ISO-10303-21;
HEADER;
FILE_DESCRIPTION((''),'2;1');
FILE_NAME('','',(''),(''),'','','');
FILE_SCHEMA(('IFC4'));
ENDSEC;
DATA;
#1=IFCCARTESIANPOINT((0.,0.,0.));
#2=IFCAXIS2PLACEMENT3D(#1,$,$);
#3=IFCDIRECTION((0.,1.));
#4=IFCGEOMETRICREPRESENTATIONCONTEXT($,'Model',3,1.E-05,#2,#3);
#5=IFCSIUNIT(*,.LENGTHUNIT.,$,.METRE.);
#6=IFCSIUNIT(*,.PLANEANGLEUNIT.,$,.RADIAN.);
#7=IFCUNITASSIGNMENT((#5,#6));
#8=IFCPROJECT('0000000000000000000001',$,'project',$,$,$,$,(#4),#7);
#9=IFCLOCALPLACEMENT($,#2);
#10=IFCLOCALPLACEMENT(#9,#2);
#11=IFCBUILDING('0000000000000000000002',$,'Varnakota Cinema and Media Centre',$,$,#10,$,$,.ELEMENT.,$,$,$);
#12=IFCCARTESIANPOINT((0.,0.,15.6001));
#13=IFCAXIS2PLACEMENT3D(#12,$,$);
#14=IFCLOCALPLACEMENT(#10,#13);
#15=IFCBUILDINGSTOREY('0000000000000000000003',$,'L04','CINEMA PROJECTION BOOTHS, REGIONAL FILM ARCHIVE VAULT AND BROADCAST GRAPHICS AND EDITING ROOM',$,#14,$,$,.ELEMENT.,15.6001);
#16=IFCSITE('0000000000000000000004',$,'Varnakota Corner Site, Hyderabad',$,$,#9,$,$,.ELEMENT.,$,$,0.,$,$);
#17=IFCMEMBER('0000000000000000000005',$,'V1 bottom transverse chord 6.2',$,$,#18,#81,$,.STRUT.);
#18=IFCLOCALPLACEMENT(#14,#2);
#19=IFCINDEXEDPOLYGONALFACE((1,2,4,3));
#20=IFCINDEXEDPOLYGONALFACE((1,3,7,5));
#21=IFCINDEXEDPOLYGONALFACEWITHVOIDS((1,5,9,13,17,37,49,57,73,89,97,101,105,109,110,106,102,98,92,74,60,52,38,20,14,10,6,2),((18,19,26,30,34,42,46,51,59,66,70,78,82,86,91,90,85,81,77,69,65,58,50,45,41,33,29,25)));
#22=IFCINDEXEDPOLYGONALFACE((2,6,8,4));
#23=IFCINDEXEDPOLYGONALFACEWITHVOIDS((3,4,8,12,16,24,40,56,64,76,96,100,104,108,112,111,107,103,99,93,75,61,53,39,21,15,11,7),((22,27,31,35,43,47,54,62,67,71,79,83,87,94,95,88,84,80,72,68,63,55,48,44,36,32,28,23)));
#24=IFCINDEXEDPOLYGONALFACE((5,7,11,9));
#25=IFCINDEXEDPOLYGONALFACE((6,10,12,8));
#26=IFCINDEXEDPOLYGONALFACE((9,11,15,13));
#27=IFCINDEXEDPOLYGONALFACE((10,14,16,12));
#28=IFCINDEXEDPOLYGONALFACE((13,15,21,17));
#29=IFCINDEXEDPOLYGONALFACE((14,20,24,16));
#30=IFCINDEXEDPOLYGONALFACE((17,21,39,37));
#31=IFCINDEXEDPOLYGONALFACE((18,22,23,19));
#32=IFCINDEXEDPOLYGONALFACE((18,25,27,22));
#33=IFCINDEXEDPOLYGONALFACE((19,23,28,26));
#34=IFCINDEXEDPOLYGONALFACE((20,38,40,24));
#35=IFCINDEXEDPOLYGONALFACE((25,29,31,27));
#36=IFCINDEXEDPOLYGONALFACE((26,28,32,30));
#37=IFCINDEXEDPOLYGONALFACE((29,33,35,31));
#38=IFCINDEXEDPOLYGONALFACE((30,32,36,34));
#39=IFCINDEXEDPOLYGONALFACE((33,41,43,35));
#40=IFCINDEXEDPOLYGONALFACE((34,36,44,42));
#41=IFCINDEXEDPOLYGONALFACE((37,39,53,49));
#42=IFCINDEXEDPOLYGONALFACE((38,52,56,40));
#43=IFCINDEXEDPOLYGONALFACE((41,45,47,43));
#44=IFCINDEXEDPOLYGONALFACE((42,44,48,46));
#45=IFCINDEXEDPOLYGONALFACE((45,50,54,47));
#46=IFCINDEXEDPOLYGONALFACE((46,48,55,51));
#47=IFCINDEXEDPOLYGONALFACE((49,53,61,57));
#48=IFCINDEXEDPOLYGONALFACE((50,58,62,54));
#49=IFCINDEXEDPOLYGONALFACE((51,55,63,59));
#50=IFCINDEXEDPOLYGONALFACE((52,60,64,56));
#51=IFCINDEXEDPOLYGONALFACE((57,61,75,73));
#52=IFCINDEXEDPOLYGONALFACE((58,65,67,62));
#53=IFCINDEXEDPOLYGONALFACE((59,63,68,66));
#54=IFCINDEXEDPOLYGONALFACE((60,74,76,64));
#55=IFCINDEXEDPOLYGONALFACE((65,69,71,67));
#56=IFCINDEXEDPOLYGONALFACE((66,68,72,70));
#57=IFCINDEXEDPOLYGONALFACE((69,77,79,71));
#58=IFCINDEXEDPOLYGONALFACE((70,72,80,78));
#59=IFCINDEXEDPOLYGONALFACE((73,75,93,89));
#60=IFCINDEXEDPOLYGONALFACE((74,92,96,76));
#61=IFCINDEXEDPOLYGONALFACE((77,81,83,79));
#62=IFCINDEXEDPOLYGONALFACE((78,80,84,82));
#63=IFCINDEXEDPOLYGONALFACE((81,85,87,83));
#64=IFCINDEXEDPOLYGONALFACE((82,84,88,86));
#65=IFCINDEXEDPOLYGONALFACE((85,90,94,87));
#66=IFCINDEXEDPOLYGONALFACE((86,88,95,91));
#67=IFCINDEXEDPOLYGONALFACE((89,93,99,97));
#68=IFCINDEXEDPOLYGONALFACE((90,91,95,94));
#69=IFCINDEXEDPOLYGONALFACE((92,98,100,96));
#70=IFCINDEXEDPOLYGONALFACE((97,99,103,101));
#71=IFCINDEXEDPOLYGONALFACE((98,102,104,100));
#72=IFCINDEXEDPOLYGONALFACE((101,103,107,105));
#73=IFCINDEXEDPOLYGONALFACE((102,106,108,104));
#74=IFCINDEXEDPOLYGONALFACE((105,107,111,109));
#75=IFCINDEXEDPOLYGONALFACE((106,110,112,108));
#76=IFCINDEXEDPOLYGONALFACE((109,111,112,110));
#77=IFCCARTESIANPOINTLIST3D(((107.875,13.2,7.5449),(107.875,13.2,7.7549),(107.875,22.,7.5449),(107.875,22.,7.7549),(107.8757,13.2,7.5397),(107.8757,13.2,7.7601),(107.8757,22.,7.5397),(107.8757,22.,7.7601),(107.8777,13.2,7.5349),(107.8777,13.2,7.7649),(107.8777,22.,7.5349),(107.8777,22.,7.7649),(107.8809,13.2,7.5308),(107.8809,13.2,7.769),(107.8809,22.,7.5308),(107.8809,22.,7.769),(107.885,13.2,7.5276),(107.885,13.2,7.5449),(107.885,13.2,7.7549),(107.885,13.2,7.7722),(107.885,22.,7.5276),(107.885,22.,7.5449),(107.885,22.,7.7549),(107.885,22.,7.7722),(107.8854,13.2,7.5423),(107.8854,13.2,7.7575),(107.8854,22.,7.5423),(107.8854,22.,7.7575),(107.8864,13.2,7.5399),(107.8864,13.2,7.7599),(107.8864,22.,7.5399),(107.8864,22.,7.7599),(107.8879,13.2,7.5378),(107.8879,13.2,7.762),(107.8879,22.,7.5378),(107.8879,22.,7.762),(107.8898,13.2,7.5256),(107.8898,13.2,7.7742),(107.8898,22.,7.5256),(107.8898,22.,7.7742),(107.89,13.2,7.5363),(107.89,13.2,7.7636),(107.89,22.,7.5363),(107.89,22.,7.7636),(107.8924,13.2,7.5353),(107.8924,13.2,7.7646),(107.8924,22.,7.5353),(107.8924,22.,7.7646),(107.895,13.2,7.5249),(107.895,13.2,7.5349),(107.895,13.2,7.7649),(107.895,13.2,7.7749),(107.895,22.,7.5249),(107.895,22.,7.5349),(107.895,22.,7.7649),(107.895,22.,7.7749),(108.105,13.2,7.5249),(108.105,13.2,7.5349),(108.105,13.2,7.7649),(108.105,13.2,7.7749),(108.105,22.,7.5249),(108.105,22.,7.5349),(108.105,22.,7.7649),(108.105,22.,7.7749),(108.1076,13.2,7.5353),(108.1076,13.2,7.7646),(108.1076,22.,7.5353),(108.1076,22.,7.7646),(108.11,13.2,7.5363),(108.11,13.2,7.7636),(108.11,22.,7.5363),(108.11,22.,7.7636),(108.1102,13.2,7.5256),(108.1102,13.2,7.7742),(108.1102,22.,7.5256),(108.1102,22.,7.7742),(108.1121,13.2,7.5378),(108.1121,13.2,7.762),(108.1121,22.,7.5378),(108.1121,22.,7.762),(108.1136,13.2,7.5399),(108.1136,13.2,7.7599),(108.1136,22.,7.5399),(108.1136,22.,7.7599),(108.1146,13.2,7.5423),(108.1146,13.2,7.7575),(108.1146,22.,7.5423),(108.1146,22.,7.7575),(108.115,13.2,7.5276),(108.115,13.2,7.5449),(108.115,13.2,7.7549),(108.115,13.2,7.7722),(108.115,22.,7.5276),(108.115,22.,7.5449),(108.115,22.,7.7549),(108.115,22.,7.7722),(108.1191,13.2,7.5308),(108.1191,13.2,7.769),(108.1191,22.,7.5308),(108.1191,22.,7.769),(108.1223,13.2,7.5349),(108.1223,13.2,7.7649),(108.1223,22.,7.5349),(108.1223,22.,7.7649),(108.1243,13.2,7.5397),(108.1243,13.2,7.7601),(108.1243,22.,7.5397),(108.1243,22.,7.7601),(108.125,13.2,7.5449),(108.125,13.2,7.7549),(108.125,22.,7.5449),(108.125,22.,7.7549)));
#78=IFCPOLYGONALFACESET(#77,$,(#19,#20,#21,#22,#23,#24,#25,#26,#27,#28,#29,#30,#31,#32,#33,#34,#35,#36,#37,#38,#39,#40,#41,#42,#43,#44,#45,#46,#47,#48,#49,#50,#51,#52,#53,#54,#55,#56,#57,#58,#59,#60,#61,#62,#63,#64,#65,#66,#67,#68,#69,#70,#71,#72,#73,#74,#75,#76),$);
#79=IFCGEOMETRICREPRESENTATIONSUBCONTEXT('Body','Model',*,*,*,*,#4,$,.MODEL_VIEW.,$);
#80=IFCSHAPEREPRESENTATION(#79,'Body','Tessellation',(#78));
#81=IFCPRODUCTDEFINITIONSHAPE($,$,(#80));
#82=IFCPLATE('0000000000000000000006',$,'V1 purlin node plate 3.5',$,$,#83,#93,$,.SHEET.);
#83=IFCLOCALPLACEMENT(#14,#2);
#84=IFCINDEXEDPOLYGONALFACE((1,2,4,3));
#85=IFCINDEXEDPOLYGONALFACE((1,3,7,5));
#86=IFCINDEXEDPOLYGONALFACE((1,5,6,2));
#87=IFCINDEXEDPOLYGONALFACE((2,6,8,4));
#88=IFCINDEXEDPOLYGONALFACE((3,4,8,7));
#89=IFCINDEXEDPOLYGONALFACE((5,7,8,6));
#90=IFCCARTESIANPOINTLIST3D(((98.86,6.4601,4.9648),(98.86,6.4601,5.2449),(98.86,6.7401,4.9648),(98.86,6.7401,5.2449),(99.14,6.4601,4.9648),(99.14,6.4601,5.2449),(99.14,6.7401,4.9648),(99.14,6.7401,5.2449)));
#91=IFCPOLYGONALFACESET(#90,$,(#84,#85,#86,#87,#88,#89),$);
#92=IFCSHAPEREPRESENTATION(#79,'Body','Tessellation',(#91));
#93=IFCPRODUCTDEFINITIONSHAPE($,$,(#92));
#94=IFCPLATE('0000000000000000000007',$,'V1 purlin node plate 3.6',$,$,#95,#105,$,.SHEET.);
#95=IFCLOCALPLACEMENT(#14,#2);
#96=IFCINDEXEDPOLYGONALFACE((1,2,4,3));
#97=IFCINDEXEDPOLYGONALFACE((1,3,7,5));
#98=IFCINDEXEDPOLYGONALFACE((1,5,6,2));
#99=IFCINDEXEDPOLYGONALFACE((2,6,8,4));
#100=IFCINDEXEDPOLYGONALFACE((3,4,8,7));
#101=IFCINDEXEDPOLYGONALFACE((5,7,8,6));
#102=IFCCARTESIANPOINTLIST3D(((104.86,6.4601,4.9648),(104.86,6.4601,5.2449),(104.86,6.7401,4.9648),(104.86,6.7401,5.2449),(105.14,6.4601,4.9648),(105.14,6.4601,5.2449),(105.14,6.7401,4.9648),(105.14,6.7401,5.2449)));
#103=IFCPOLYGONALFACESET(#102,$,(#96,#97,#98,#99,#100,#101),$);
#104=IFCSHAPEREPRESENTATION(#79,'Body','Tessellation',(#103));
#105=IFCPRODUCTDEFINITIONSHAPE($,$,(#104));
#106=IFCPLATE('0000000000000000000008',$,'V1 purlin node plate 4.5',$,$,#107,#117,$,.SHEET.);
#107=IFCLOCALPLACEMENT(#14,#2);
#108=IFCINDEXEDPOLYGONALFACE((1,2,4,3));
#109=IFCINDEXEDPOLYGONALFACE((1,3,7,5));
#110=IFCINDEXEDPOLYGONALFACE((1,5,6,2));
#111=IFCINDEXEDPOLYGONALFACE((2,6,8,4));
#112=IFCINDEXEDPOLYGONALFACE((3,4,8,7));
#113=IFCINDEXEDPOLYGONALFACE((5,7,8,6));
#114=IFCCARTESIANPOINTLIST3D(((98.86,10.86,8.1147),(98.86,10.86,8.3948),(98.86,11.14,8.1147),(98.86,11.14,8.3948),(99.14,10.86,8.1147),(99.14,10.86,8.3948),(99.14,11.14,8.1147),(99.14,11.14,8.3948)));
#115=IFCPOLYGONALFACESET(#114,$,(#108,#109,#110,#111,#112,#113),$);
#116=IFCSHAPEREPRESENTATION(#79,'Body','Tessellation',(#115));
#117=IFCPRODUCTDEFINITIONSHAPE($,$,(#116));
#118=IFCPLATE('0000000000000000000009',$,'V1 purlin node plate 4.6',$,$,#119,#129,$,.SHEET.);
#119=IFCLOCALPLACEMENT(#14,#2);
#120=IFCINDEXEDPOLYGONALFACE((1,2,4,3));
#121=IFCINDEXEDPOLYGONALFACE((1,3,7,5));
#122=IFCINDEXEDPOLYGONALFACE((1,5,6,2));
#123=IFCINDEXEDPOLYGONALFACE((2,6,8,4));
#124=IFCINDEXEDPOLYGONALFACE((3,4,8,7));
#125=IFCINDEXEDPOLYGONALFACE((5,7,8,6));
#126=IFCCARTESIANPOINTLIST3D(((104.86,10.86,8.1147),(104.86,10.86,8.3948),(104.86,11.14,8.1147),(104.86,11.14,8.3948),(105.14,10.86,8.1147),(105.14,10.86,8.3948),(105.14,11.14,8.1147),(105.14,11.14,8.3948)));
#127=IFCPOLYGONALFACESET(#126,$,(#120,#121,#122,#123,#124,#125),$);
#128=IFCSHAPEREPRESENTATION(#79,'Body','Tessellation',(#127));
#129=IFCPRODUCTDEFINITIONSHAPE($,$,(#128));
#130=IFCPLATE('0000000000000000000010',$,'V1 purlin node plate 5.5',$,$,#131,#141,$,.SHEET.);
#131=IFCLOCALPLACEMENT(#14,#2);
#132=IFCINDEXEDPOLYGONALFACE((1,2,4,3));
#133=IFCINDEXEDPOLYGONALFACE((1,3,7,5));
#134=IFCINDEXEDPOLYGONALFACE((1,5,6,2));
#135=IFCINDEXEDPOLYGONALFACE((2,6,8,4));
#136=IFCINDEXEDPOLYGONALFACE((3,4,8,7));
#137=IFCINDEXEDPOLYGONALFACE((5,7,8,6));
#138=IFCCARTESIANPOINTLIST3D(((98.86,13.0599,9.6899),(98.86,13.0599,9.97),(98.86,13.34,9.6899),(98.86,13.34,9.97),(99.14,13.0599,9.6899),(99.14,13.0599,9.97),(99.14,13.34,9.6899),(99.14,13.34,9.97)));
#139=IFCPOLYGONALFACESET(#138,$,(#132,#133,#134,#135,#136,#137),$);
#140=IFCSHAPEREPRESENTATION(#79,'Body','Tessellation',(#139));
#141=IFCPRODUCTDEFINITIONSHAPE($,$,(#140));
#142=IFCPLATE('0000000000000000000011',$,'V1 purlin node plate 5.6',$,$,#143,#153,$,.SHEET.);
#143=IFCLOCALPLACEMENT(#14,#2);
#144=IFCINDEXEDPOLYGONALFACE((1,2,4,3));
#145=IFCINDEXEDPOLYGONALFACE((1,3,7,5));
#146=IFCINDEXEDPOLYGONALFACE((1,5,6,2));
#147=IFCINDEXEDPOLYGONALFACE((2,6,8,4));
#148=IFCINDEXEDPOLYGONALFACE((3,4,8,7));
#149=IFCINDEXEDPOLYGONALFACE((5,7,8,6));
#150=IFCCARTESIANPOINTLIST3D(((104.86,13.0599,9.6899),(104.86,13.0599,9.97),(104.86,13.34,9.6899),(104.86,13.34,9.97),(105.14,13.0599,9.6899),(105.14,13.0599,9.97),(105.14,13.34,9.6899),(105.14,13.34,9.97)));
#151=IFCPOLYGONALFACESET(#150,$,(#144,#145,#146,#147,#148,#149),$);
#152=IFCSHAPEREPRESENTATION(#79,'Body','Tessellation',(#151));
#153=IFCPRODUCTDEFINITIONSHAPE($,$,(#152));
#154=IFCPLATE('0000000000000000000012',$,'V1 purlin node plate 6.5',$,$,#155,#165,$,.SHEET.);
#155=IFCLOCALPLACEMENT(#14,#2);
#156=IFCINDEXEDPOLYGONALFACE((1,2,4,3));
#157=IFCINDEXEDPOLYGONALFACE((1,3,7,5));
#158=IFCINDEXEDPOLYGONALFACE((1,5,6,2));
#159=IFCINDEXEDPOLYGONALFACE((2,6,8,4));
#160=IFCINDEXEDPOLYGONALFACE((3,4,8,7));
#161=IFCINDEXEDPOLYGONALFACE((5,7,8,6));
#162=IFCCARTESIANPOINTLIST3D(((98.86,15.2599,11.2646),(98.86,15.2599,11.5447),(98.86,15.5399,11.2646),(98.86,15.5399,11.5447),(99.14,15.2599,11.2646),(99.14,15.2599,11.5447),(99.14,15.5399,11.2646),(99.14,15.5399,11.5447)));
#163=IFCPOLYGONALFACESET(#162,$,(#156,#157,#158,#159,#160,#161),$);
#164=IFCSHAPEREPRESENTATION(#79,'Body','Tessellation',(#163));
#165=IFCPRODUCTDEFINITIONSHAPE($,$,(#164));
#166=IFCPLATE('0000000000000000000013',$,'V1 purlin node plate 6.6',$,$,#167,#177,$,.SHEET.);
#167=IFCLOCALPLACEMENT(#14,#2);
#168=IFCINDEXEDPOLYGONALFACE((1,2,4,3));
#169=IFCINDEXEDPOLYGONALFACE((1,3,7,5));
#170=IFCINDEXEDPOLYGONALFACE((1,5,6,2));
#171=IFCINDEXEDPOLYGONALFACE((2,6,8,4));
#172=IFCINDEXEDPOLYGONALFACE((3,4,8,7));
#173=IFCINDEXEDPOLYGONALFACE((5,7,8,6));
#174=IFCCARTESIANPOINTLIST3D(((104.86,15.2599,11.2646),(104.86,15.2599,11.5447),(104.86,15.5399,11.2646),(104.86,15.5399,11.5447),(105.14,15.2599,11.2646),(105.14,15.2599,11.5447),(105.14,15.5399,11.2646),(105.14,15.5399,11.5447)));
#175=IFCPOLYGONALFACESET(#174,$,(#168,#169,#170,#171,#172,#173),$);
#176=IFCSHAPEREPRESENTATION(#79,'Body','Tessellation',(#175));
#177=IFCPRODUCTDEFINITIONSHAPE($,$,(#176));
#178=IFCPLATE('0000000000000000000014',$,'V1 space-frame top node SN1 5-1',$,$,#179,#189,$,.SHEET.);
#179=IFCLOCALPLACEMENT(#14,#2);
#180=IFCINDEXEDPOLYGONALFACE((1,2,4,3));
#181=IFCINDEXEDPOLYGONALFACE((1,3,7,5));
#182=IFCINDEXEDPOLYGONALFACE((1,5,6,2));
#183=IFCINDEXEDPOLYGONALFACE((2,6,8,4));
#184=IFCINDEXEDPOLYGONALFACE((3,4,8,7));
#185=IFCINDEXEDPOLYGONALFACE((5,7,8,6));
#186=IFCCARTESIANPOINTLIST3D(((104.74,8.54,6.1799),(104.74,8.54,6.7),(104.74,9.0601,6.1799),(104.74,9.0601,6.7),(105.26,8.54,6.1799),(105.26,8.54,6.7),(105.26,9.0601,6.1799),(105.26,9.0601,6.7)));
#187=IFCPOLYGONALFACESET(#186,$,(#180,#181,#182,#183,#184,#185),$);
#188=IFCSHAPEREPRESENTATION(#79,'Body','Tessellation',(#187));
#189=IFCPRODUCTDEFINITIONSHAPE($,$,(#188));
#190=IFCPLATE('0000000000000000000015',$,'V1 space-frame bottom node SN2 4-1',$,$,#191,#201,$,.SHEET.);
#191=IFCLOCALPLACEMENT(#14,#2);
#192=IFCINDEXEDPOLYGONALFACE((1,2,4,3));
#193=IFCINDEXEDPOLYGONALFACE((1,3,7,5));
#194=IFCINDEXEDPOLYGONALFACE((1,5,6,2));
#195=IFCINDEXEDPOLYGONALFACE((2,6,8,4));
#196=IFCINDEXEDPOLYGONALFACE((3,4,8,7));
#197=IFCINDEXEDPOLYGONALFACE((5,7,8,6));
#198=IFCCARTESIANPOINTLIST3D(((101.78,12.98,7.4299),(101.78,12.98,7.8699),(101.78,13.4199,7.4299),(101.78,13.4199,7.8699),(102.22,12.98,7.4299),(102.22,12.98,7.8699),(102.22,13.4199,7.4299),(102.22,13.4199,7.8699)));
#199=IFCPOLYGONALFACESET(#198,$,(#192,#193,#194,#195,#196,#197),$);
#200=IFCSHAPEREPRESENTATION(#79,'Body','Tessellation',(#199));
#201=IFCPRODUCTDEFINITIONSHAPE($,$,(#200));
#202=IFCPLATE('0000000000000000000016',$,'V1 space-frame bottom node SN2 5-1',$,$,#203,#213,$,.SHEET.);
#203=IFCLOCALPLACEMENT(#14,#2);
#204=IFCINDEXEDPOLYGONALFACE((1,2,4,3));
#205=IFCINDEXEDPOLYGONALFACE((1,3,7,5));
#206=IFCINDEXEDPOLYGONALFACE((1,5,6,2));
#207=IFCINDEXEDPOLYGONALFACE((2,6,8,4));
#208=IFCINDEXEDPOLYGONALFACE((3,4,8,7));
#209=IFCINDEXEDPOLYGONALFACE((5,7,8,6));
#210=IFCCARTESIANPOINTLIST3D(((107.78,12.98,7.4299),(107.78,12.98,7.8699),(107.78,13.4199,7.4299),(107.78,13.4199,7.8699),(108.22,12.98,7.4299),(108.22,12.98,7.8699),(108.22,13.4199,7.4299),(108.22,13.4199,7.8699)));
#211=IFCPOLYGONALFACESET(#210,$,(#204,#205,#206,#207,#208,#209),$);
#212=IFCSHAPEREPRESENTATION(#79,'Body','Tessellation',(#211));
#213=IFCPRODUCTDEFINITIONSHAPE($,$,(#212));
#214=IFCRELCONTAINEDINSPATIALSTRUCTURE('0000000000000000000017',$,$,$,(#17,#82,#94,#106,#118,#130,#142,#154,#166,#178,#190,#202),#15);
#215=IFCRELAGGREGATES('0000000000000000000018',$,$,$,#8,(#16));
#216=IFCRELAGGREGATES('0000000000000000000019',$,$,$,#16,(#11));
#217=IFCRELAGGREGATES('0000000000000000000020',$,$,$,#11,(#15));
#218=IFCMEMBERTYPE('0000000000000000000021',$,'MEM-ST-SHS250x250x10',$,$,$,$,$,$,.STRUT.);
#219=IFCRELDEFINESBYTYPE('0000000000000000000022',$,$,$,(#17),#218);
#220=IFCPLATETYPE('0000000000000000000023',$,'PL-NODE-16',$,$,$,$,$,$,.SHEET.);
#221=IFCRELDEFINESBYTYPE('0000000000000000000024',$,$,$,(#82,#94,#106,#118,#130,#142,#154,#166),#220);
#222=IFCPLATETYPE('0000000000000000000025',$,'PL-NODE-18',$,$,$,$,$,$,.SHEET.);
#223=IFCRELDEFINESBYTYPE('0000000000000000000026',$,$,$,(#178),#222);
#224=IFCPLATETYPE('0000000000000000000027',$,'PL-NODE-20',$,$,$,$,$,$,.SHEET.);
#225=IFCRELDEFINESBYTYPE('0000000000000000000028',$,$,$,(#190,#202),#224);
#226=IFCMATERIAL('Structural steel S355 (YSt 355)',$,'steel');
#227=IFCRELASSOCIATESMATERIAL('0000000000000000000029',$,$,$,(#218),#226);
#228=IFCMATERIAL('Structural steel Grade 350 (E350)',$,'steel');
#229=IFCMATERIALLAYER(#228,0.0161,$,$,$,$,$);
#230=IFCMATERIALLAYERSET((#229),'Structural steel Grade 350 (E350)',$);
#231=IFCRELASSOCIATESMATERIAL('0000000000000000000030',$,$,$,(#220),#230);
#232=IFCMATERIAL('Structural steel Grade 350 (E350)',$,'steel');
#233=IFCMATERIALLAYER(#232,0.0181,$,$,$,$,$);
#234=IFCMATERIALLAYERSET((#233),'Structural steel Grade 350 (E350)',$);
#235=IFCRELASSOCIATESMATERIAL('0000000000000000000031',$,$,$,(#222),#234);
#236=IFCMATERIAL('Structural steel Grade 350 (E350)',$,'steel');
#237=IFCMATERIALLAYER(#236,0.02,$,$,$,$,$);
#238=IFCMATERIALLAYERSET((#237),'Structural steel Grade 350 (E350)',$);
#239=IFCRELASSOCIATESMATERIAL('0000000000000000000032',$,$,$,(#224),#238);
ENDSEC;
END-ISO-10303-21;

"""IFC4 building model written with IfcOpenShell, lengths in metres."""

from ifc_helpers import new_model, si_unit, direction, frame, origin, origin_2d, place, context, subcontext, project, spatial, rectangle, hollow_rectangle, extrude, material, layer, layer_set, material_profile, profile_set, type_object, element, save


model = new_model("IFC4")

# Units and contexts
model_context = context("Model", 3, precision=1e-05, world=origin(), true_north=direction((0.0, 1.0)))
body_context = subcontext(model_context, "Body", "Model", "MODEL_VIEW")
ifc_project = project(units=[si_unit("LENGTHUNIT", "METRE"), si_unit("PLANEANGLEUNIT", "RADIAN")], contexts=[model_context])

# Site, building, storey
site_placement = place(None, origin())
site = spatial("IfcSite", under=ifc_project, at=site_placement, Name="Varnakota Corner Site, Hyderabad", CompositionType="ELEMENT", RefElevation=0.0)
building_placement = place(site_placement, origin())
building = spatial("IfcBuilding", under=site, at=building_placement, Name="Varnakota Cinema and Media Centre", CompositionType="ELEMENT")
storey_placement = place(building_placement, frame((0.0, 0.0, 15.6001)))
storey = spatial("IfcBuildingStorey", under=building, at=storey_placement, Name="L04", Description="CINEMA PROJECTION BOOTHS, REGIONAL FILM ARCHIVE VAULT AND BROADCAST GRAPHICS AND EDITING ROOM", CompositionType="ELEMENT", Elevation=15.6001)

# Member
ifc_material_1 = material(Name="Structural steel S355 (YSt 355)", Category="steel")
ifc_material_profile_1 = material_profile(ifc_material_1, hollow_rectangle(XDim=0.25, YDim=0.25, WallThickness=0.01, InnerFilletRadius=0.01, OuterFilletRadius=0.02, at=origin_2d()), Name="SHS 250x250x10")
ifc_profile_set_1 = profile_set([ifc_material_profile_1], Name="Structural steel S355 (YSt 355)")
member_type_1 = type_object("IfcMemberType", Name="MEM-ST-SHS250x250x10", PredefinedType="STRUT", material=ifc_profile_set_1)
for number, where, z_axis, x_axis, name in (
    (1, (108.0, 13.2, 7.6499), (0.0, 1.0, 0.0), (-1.0, 0.0, 0.0), "V1 bottom transverse chord 6.2"),
):
    element("IfcMember", number, at=place(storey_placement, frame(where, z_axis=z_axis, x_axis=x_axis)), inside=storey, type_object=member_type_1, Name=name, PredefinedType="STRUT", context=body_context, shape_type="SweptSolid", body=[
        extrude(hollow_rectangle(XDim=0.25, YDim=0.25, WallThickness=0.01, InnerFilletRadius=0.01, OuterFilletRadius=0.02, at=origin_2d()), origin(), (0.0, 0.0, 1.0), 8.8),
    ])

# Plates
ifc_material_2 = material(Name="Structural steel Grade 350 (E350)", Category="steel")
ifc_layer_1 = layer(ifc_material_2, 0.0161)
ifc_layer_set_1 = layer_set([ifc_layer_1], Name="Structural steel Grade 350 (E350)")
plate_type_1 = type_object("IfcPlateType", Name="PL-NODE-16", PredefinedType="SHEET", material=ifc_layer_set_1)
for number, where, z_axis, x_axis, name in (
    (2, (99.0, 6.6001, 4.9648), (0.0, 0.0, 1.0), (1.0, 0.0, 0.0), "V1 purlin node plate 3.5"),
    (3, (105.0, 6.6001, 4.9648), (0.0, 0.0, 1.0), (1.0, 0.0, 0.0), "V1 purlin node plate 3.6"),
    (4, (99.0, 11.0, 8.1147), (0.0, 0.0, 1.0), (1.0, 0.0, 0.0), "V1 purlin node plate 4.5"),
    (5, (105.0, 11.0, 8.1147), (0.0, 0.0, 1.0), (1.0, 0.0, 0.0), "V1 purlin node plate 4.6"),
    (6, (99.0, 13.2, 9.6899), (0.0, 0.0, 1.0), (1.0, 0.0, 0.0), "V1 purlin node plate 5.5"),
    (7, (105.0, 13.2, 9.6899), (0.0, 0.0, 1.0), (1.0, 0.0, 0.0), "V1 purlin node plate 5.6"),
    (8, (99.0, 15.3999, 11.2646), (0.0, 0.0, 1.0), (1.0, 0.0, 0.0), "V1 purlin node plate 6.5"),
    (9, (105.0, 15.3999, 11.2646), (0.0, 0.0, 1.0), (1.0, 0.0, 0.0), "V1 purlin node plate 6.6"),
):
    element("IfcPlate", number, at=place(storey_placement, frame(where, z_axis=z_axis, x_axis=x_axis)), inside=storey, type_object=plate_type_1, Name=name, PredefinedType="SHEET", context=body_context, shape_type="SweptSolid", body=[
        extrude(rectangle(XDim=0.28, YDim=0.28, at=origin_2d()), origin(), (0.0, 0.0, 1.0), 0.28),
    ])
ifc_material_3 = material(Name="Structural steel Grade 350 (E350)", Category="steel")
ifc_layer_2 = layer(ifc_material_3, 0.0181)
ifc_layer_set_2 = layer_set([ifc_layer_2], Name="Structural steel Grade 350 (E350)")
plate_type_2 = type_object("IfcPlateType", Name="PL-NODE-18", PredefinedType="SHEET", material=ifc_layer_set_2)
plate_placement = place(storey_placement, frame((105.0, 8.8, 6.1799), z_axis=(0.0, 0.0, 1.0), x_axis=(1.0, 0.0, 0.0)))
element("IfcPlate", 10, at=plate_placement, inside=storey, type_object=plate_type_2, Name="V1 space-frame top node SN1 5-1", PredefinedType="SHEET", context=body_context, shape_type="SweptSolid", body=[
    extrude(rectangle(XDim=0.52, YDim=0.52, at=origin_2d()), origin(), (0.0, 0.0, 1.0), 0.52),
])
ifc_material_4 = material(Name="Structural steel Grade 350 (E350)", Category="steel")
ifc_layer_3 = layer(ifc_material_4, 0.02)
ifc_layer_set_3 = layer_set([ifc_layer_3], Name="Structural steel Grade 350 (E350)")
plate_type_3 = type_object("IfcPlateType", Name="PL-NODE-20", PredefinedType="SHEET", material=ifc_layer_set_3)
for number, where, z_axis, x_axis, name in (
    (11, (102.0, 13.2, 7.4299), (0.0, 0.0, 1.0), (1.0, 0.0, 0.0), "V1 space-frame bottom node SN2 4-1"),
    (12, (108.0, 13.2, 7.4299), (0.0, 0.0, 1.0), (1.0, 0.0, 0.0), "V1 space-frame bottom node SN2 5-1"),
):
    element("IfcPlate", number, at=place(storey_placement, frame(where, z_axis=z_axis, x_axis=x_axis)), inside=storey, type_object=plate_type_3, Name=name, PredefinedType="SHEET", context=body_context, shape_type="SweptSolid", body=[
        extrude(rectangle(XDim=0.4399, YDim=0.4399, at=origin_2d()), origin(), (0.0, 0.0, 1.0), 0.4399),
    ])

save(model, "model.ifc")
